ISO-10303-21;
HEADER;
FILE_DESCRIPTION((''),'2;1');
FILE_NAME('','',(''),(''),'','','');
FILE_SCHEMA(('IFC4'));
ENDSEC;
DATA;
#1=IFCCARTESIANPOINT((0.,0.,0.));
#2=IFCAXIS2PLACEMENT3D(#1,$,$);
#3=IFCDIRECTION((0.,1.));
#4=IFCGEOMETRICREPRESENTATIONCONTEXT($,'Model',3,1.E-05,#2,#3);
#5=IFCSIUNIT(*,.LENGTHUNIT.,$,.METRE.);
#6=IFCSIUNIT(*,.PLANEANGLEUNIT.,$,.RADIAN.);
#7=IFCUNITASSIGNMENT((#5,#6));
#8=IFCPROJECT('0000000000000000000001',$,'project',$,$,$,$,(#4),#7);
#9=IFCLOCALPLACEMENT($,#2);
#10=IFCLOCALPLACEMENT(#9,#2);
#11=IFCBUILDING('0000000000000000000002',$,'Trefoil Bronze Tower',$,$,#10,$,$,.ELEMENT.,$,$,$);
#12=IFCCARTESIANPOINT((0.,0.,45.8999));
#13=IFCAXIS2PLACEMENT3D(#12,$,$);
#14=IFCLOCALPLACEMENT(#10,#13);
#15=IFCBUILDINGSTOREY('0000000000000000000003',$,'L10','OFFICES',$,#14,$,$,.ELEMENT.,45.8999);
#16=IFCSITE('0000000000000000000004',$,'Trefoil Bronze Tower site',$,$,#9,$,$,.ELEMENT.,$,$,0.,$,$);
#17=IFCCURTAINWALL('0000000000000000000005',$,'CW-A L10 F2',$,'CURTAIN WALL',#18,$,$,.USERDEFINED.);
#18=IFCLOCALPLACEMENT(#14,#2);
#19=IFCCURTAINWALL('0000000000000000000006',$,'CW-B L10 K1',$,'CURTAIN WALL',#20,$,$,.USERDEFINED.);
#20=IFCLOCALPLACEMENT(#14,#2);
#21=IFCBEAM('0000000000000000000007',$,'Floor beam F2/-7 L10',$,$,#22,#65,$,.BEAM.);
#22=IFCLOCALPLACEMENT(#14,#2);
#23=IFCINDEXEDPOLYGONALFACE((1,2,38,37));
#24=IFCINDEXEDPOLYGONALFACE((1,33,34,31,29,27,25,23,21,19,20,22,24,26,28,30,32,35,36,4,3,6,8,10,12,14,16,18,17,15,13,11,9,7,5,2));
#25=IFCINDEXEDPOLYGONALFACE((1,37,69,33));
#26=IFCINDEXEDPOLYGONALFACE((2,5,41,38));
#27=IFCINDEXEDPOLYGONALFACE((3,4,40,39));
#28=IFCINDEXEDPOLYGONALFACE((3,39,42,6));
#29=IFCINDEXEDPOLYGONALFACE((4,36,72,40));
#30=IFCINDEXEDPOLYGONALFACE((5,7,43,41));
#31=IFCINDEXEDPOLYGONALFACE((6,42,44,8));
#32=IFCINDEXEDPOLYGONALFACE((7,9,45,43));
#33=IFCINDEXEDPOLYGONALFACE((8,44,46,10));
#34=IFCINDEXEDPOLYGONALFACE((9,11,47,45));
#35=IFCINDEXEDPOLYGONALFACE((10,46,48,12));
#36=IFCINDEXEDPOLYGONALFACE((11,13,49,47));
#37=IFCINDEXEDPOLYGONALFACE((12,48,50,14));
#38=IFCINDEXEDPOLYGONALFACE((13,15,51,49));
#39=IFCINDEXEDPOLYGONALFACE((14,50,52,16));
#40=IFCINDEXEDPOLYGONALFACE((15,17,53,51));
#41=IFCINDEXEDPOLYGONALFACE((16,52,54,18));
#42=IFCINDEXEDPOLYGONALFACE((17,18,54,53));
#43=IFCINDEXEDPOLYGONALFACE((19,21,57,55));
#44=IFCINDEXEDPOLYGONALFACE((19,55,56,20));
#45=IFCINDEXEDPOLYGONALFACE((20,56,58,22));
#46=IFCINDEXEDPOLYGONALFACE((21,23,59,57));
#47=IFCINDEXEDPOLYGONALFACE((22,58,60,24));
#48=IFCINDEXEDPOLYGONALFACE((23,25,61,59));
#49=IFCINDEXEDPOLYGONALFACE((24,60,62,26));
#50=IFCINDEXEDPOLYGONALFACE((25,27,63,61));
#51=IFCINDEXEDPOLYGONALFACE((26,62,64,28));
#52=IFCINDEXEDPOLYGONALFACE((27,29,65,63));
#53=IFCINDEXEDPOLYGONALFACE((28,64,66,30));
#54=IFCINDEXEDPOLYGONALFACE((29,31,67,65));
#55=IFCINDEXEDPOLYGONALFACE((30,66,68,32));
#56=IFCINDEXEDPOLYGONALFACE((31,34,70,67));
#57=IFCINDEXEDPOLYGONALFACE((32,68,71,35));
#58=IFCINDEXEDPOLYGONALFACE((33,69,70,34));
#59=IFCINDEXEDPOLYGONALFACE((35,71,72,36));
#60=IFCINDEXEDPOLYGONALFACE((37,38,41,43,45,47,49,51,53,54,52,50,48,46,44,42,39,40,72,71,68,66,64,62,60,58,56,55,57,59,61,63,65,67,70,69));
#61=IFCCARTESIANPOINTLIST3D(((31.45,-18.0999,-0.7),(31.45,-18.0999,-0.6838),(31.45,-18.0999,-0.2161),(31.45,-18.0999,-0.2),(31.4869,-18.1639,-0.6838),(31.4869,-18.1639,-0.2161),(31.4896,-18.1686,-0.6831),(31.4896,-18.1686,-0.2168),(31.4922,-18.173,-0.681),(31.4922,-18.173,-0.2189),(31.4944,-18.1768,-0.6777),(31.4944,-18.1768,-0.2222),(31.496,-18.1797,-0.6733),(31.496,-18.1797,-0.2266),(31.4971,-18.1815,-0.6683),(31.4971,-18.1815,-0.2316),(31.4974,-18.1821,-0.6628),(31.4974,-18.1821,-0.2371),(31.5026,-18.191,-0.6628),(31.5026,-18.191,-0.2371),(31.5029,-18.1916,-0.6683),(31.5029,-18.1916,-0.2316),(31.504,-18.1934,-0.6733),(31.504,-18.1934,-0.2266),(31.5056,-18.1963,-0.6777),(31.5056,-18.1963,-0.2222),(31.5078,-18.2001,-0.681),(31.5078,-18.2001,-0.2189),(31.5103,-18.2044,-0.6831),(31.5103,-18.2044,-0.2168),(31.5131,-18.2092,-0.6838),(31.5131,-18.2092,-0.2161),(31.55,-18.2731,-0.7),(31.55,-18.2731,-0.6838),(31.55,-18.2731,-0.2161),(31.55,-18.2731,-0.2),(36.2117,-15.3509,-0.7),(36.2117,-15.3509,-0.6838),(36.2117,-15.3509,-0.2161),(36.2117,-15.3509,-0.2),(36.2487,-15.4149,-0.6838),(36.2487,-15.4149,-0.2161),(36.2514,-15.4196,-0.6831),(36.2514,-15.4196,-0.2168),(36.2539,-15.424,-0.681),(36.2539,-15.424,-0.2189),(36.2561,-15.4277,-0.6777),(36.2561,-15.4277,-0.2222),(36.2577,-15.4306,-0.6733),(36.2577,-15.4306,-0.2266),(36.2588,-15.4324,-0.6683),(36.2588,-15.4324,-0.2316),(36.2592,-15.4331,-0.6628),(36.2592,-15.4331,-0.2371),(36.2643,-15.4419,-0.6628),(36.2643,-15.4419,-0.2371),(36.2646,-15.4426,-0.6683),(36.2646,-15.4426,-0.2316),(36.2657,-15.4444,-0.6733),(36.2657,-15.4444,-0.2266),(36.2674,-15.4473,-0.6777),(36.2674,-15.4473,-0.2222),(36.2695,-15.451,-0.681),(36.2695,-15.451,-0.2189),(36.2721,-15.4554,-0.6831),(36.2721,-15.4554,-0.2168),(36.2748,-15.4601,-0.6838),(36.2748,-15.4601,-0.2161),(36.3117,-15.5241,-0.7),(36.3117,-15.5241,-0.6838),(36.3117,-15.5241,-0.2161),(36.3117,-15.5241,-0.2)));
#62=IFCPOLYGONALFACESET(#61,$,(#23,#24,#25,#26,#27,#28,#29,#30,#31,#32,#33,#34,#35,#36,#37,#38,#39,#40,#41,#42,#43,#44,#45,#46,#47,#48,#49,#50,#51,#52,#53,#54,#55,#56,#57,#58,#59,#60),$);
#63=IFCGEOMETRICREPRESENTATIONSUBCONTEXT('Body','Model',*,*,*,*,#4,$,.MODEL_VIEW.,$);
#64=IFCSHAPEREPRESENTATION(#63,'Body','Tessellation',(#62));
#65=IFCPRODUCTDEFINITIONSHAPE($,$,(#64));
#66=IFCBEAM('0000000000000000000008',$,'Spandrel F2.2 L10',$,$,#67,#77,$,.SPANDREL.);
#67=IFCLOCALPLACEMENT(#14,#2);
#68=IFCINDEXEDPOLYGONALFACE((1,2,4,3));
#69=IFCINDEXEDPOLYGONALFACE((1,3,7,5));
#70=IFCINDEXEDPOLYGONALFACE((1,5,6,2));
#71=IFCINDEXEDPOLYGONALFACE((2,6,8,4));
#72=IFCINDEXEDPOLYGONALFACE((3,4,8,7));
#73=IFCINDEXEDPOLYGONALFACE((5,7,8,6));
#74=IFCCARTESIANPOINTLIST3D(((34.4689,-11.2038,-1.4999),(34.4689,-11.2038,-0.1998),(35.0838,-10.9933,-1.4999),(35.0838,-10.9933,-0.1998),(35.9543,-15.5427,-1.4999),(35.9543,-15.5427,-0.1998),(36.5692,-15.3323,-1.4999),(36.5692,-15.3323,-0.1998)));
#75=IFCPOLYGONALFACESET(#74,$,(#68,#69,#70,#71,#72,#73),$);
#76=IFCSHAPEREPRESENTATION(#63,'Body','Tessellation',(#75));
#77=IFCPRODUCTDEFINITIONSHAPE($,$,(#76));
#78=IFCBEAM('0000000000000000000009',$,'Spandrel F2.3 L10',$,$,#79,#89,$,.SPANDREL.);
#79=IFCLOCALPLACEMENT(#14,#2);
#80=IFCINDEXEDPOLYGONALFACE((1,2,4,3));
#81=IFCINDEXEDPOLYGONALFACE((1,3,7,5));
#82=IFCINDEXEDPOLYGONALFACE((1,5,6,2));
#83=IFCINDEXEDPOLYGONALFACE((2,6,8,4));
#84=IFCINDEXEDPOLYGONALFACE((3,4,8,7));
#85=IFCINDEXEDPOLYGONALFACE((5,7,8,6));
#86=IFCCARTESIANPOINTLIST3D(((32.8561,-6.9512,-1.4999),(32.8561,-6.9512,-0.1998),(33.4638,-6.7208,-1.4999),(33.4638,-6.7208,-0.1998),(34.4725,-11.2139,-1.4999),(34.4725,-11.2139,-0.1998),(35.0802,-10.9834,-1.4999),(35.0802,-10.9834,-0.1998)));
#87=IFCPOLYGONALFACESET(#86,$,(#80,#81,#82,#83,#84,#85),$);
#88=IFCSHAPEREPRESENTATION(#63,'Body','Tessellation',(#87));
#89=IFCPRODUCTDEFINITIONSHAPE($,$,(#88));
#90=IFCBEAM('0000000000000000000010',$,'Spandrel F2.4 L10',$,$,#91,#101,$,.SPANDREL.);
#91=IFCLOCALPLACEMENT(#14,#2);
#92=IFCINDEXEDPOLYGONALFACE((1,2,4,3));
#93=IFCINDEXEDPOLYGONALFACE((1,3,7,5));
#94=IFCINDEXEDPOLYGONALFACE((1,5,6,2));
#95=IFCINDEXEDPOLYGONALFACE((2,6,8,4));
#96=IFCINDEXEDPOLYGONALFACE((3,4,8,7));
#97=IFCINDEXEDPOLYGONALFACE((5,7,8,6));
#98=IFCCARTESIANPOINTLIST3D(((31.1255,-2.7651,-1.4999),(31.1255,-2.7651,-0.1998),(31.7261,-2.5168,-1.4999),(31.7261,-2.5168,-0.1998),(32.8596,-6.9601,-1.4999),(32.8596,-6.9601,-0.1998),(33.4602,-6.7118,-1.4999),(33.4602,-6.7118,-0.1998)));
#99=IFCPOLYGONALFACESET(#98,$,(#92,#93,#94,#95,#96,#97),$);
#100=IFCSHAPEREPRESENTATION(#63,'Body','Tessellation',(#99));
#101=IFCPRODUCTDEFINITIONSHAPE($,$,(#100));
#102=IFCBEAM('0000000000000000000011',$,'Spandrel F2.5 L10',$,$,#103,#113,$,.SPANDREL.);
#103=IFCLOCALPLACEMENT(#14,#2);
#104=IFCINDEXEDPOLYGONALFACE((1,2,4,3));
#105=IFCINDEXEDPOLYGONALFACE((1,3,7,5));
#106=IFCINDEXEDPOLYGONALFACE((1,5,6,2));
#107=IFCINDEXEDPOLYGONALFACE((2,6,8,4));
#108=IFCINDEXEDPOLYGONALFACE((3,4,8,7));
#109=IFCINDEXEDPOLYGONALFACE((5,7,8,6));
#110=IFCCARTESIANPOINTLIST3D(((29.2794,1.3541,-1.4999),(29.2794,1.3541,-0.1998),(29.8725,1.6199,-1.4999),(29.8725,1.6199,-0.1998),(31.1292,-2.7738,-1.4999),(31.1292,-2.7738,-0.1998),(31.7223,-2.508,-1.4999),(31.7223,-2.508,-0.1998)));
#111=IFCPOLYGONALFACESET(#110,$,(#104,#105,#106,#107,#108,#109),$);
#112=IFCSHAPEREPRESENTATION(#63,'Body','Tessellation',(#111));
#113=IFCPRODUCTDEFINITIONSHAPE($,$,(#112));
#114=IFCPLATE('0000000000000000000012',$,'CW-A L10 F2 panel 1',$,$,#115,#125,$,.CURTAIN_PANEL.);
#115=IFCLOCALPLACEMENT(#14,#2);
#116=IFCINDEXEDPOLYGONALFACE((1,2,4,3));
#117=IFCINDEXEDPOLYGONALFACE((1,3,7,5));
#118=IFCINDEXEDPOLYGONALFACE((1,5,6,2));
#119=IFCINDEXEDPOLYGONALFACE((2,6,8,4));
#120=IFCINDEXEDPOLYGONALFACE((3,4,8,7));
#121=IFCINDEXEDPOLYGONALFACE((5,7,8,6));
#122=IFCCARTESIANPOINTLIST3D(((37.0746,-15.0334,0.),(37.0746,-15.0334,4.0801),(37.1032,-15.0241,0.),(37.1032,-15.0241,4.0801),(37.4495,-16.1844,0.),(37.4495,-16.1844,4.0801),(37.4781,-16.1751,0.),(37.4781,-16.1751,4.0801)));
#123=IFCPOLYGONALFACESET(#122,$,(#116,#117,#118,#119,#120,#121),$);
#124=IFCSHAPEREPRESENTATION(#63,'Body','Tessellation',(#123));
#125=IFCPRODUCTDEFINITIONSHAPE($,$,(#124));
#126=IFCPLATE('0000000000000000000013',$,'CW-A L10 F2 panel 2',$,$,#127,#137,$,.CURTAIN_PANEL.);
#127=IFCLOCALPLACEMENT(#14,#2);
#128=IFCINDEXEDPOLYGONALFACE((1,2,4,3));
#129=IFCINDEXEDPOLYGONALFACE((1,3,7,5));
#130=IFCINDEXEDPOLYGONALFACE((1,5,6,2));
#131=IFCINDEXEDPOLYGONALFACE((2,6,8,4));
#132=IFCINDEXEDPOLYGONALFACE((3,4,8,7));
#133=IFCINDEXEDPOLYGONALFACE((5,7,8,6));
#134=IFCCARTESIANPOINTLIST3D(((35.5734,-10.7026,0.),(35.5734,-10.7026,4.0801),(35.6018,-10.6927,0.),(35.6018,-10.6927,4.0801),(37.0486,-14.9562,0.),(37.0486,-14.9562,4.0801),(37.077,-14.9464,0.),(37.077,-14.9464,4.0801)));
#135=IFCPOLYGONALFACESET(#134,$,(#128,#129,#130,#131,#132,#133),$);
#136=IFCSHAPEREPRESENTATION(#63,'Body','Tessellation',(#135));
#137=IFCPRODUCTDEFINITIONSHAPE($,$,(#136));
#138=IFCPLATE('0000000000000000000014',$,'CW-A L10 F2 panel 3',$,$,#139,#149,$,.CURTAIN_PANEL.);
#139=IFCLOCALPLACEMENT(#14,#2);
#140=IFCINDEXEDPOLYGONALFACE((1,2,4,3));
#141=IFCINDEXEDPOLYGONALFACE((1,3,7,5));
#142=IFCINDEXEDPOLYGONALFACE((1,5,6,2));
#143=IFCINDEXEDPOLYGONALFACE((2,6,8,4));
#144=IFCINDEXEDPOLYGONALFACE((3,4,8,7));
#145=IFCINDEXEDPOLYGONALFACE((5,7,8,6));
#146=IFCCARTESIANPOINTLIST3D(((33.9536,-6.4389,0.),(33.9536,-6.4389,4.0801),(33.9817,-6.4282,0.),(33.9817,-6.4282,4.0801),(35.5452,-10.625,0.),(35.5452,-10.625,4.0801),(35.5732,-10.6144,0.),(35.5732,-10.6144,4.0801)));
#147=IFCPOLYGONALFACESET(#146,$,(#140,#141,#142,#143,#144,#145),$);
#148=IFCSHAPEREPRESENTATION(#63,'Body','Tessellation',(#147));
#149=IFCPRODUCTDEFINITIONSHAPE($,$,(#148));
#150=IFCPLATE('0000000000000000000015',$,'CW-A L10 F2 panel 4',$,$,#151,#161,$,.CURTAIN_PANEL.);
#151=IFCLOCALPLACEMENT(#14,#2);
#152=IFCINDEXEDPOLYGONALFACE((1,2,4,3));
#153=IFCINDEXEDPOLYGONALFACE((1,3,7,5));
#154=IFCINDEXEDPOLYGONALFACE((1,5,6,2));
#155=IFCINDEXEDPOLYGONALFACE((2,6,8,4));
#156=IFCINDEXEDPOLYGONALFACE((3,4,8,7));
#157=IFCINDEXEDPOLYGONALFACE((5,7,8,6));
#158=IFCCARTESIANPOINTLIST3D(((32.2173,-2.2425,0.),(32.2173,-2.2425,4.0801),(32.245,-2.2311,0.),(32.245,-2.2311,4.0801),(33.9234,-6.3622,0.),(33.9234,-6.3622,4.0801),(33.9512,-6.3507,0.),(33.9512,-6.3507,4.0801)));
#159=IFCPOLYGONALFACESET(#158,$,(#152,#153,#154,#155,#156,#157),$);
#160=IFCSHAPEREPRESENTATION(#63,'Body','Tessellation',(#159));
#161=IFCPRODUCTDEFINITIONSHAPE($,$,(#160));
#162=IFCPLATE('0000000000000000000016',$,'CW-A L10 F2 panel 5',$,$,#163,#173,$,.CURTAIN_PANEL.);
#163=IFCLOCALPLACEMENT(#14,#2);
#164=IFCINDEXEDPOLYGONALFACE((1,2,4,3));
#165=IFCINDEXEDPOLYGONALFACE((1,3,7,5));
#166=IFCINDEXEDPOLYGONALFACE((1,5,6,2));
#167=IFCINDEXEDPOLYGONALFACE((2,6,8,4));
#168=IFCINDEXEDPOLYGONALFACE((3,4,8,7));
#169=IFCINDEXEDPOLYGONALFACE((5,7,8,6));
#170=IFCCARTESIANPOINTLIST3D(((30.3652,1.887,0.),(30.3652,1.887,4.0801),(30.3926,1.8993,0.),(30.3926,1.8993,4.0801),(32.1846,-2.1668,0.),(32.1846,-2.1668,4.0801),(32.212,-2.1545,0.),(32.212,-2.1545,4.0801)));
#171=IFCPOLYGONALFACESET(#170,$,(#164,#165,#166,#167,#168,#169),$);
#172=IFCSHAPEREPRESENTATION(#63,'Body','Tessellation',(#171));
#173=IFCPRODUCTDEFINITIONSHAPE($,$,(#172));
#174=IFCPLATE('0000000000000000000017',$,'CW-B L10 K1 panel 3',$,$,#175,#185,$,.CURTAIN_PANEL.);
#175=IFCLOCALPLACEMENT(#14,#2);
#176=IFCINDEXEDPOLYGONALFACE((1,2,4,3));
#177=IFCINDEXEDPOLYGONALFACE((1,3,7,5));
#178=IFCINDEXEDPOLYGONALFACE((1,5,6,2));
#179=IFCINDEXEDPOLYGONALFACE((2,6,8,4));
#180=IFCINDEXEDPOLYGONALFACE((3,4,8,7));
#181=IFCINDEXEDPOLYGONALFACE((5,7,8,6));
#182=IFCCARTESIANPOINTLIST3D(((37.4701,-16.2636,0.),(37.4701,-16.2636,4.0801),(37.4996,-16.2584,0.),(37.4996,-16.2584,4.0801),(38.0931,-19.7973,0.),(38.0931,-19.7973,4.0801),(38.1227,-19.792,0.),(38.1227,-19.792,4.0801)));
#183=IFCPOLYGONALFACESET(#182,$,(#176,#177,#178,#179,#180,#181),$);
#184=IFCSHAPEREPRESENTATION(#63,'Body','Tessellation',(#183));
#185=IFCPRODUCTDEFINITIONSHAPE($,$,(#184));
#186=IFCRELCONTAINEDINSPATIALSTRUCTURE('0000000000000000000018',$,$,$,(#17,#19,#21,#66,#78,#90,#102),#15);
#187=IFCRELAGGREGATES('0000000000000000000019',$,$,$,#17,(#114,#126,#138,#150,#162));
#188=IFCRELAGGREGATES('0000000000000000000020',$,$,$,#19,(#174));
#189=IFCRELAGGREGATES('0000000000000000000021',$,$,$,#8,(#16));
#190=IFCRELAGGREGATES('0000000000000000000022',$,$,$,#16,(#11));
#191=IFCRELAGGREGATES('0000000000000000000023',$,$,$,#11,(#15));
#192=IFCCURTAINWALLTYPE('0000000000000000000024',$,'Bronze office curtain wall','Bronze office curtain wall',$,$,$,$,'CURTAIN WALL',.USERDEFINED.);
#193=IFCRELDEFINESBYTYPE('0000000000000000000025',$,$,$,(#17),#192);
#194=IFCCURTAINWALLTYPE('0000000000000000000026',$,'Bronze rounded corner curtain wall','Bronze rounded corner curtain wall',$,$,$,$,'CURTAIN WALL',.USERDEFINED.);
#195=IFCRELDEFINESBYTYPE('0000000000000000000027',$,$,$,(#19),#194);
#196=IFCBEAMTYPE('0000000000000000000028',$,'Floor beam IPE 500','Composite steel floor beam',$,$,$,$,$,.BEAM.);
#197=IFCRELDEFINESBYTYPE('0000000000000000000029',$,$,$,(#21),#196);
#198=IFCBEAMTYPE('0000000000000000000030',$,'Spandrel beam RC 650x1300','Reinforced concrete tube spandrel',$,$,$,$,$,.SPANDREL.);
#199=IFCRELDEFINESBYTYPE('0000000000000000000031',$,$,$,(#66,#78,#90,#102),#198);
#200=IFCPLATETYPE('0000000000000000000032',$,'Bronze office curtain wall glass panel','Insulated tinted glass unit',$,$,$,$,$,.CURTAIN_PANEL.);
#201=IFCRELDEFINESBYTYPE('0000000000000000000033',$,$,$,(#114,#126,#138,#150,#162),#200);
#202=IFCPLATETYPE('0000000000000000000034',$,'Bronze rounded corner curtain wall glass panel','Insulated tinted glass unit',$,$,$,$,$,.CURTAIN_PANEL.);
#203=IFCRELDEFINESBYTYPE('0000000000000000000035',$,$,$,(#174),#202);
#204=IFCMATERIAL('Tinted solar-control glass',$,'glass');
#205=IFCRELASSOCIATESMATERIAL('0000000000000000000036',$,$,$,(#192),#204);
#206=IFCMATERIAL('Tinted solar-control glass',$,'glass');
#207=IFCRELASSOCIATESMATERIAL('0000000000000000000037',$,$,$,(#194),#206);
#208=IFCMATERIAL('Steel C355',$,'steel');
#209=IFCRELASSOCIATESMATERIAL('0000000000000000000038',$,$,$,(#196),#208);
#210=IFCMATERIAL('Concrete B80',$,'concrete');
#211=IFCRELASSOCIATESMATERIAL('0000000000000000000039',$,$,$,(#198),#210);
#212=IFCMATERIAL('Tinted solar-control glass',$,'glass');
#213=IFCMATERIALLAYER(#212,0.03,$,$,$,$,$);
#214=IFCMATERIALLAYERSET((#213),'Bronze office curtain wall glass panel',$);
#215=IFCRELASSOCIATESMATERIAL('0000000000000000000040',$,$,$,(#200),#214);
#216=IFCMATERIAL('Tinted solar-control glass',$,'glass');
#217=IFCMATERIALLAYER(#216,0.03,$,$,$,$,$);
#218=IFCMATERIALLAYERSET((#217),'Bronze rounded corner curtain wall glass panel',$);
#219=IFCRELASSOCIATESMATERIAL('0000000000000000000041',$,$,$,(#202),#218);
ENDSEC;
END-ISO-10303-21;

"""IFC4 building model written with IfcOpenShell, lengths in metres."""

from ifc_helpers import new_model, si_unit, direction, frame, origin, origin_2d, place, context, subcontext, project, spatial, rectangle, i_section, extrude, material, layer, layer_set, material_profile, profile_set, type_object, element, aggregate, save


model = new_model("IFC4")

# Units and contexts
model_context = context("Model", 3, precision=1e-05, world=origin(), true_north=direction((0.0, 1.0)))
body_context = subcontext(model_context, "Body", "Model", "MODEL_VIEW")
ifc_project = project(units=[si_unit("LENGTHUNIT", "METRE"), si_unit("PLANEANGLEUNIT", "RADIAN")], contexts=[model_context])

# Site, building, storey
site_placement = place(None, origin())
site = spatial("IfcSite", under=ifc_project, at=site_placement, Name="Trefoil Bronze Tower site", CompositionType="ELEMENT", RefElevation=0.0)
building_placement = place(site_placement, origin())
building = spatial("IfcBuilding", under=site, at=building_placement, Name="Trefoil Bronze Tower", CompositionType="ELEMENT")
storey_placement = place(building_placement, frame((0.0, 0.0, 45.8999)))
storey = spatial("IfcBuildingStorey", under=building, at=storey_placement, Name="L10", Description="OFFICES", CompositionType="ELEMENT", Elevation=45.8999)

# Curtain wall
ifc_material_1 = material(Name="Tinted solar-control glass", Category="glass")
curtain_wall_type_1 = type_object("IfcCurtainWallType", Name="Bronze office curtain wall", Description="Bronze office curtain wall", ElementType="CURTAIN WALL", PredefinedType="USERDEFINED", material=ifc_material_1)
curtain_wall_1_placement = place(storey_placement, origin())
curtain_wall_1 = element("IfcCurtainWall", 1, at=curtain_wall_1_placement, inside=storey, type_object=curtain_wall_type_1, Name="CW-A L10 F2", ObjectType="CURTAIN WALL", PredefinedType="USERDEFINED")

# Curtain wall
ifc_material_2 = material(Name="Tinted solar-control glass", Category="glass")
curtain_wall_type_2 = type_object("IfcCurtainWallType", Name="Bronze rounded corner curtain wall", Description="Bronze rounded corner curtain wall", ElementType="CURTAIN WALL", PredefinedType="USERDEFINED", material=ifc_material_2)
curtain_wall_2_placement = place(storey_placement, origin())
curtain_wall_2 = element("IfcCurtainWall", 2, at=curtain_wall_2_placement, inside=storey, type_object=curtain_wall_type_2, Name="CW-B L10 K1", ObjectType="CURTAIN WALL", PredefinedType="USERDEFINED")

# Beams
ifc_material_3 = material(Name="Steel C355", Category="steel")
ifc_material_profile_1 = material_profile(ifc_material_3, i_section(OverallWidth=0.2, OverallDepth=0.5, WebThickness=0.0103, FlangeThickness=0.0161, FilletRadius=0.021, at=origin_2d()), Name="IPE 500")
ifc_profile_set_1 = profile_set([ifc_material_profile_1], Name="Steel C355")
beam_type_1 = type_object("IfcBeamType", Name="Floor beam IPE 500", Description="Composite steel floor beam", PredefinedType="BEAM", material=ifc_profile_set_1)
beam_1_placement = place(storey_placement, frame((36.2617, -15.4375, -0.45), z_axis=(-0.866038, -0.499979, 0.0), x_axis=(0.499979, -0.866038, 0.0)))
element("IfcBeam", 3, at=beam_1_placement, inside=storey, type_object=beam_type_1, Name="Floor beam F2/-7 L10", PredefinedType="BEAM", context=body_context, shape_type="SweptSolid", body=[
    extrude(i_section(OverallWidth=0.2, OverallDepth=0.5, WebThickness=0.0103, FlangeThickness=0.0161, FilletRadius=0.021, at=origin_2d()), origin(), (0.0, 0.0, 1.0), 5.4983),
])
ifc_material_4 = material(Name="Concrete B80", Category="concrete")
ifc_material_profile_2 = material_profile(ifc_material_4, rectangle(XDim=0.6499, YDim=1.3, at=origin_2d()), Name="RC 650x1300")
ifc_profile_set_2 = profile_set([ifc_material_profile_2], Name="Concrete B80")
beam_type_2 = type_object("IfcBeamType", Name="Spandrel beam RC 650x1300", Description="Reinforced concrete tube spandrel", PredefinedType="SPANDREL", material=ifc_profile_set_2)
beam_2_placement = place(storey_placement, frame((36.2617, -15.4375, -0.8499), z_axis=(-0.323883, 0.946097, 0.0), x_axis=(-0.946097, -0.323883, 0.0)))
element("IfcBeam", 4, at=beam_2_placement, inside=storey, type_object=beam_type_2, Name="Spandrel F2.2 L10", PredefinedType="SPANDREL", context=body_context, shape_type="SweptSolid", body=[
    extrude(rectangle(XDim=0.6499, YDim=1.3, at=origin_2d()), origin(), (0.0, 0.0, 1.0), 4.5862),
])
beam_3_placement = place(storey_placement, frame((34.7764, -11.0986, -0.8499), z_axis=(-0.354572, 0.935029, 0.0), x_axis=(-0.935029, -0.354572, 0.0)))
element("IfcBeam", 5, at=beam_3_placement, inside=storey, type_object=beam_type_2, Name="Spandrel F2.3 L10", PredefinedType="SPANDREL", context=body_context, shape_type="SweptSolid", body=[
    extrude(rectangle(XDim=0.6499, YDim=1.3, at=origin_2d()), origin(), (0.0, 0.0, 1.0), 4.5588),
])
beam_4_placement = place(storey_placement, frame((33.1599, -6.8359, -0.8499), z_axis=(-0.382021, 0.924154, 0.0), x_axis=(-0.924154, -0.382021, 0.0)))
element("IfcBeam", 6, at=beam_4_placement, inside=storey, type_object=beam_type_2, Name="Spandrel F2.4 L10", PredefinedType="SPANDREL", context=body_context, shape_type="SweptSolid", body=[
    extrude(rectangle(XDim=0.6499, YDim=1.3, at=origin_2d()), origin(), (0.0, 0.0, 1.0), 4.5393),
])
beam_5_placement = place(storey_placement, frame((31.4258, -2.6409, -0.8499), z_axis=(-0.408946, 0.912559, 0.0), x_axis=(-0.912559, -0.408946, 0.0)))
element("IfcBeam", 7, at=beam_5_placement, inside=storey, type_object=beam_type_2, Name="Spandrel F2.5 L10", PredefinedType="SPANDREL", context=body_context, shape_type="SweptSolid", body=[
    extrude(rectangle(XDim=0.6499, YDim=1.3, at=origin_2d()), origin(), (0.0, 0.0, 1.0), 4.5234),
])

# Plates
ifc_material_5 = material(Name="Tinted solar-control glass", Category="glass")
ifc_layer_1 = layer(ifc_material_5, 0.03)
ifc_layer_set_1 = layer_set([ifc_layer_1], Name="Bronze office curtain wall glass panel")
plate_type_1 = type_object("IfcPlateType", Name="Bronze office curtain wall glass panel", Description="Insulated tinted glass unit", PredefinedType="CURTAIN_PANEL", material=ifc_layer_set_1)
plate_1_placement = place(storey_placement, frame((37.2764, -15.6042, 0.0), z_axis=(0.0, 0.0, 1.0), x_axis=(-0.309728, 0.950825, 0.0)))
plate_1 = element("IfcPlate", 8, at=plate_1_placement, type_object=plate_type_1, Name="CW-A L10 F2 panel 1", PredefinedType="CURTAIN_PANEL", context=body_context, shape_type="SweptSolid", body=[
    extrude(rectangle(XDim=1.2104, YDim=0.03, at=origin_2d()), origin(), (0.0, 0.0, 1.0), 4.0801),
])
plate_2_placement = place(storey_placement, frame((36.3252, -12.8245, 0.0), z_axis=(0.0, 0.0, 1.0), x_axis=(-0.327674, 0.944791, 0.0)))
plate_2 = element("IfcPlate", 9, at=plate_2_placement, type_object=plate_type_1, Name="CW-A L10 F2 panel 2", PredefinedType="CURTAIN_PANEL", context=body_context, shape_type="SweptSolid", body=[
    extrude(rectangle(XDim=4.5022, YDim=0.03, at=origin_2d()), origin(), (0.0, 0.0, 1.0), 4.0801),
])
plate_3_placement = place(storey_placement, frame((34.7634, -8.5266, 0.0), z_axis=(0.0, 0.0, 1.0), x_axis=(-0.355371, 0.934725, 0.0)))
plate_3 = element("IfcPlate", 10, at=plate_3_placement, type_object=plate_type_1, Name="CW-A L10 F2 panel 3", PredefinedType="CURTAIN_PANEL", context=body_context, shape_type="SweptSolid", body=[
    extrude(rectangle(XDim=4.4785, YDim=0.03, at=origin_2d()), origin(), (0.0, 0.0, 1.0), 4.0801),
])
plate_4_placement = place(storey_placement, frame((33.0842, -4.2966, 0.0), z_axis=(0.0, 0.0, 1.0), x_axis=(-0.38263, 0.923902, 0.0)))
plate_4 = element("IfcPlate", 11, at=plate_4_placement, type_object=plate_type_1, Name="CW-A L10 F2 panel 4", PredefinedType="CURTAIN_PANEL", context=body_context, shape_type="SweptSolid", body=[
    extrude(rectangle(XDim=4.459, YDim=0.03, at=origin_2d()), origin(), (0.0, 0.0, 1.0), 4.0801),
])
plate_5_placement = place(storey_placement, frame((31.2886, -0.1338, 0.0), z_axis=(0.0, 0.0, 1.0), x_axis=(-0.409456, 0.91233, 0.0)))
plate_5 = element("IfcPlate", 12, at=plate_5_placement, type_object=plate_type_1, Name="CW-A L10 F2 panel 5", PredefinedType="CURTAIN_PANEL", context=body_context, shape_type="SweptSolid", body=[
    extrude(rectangle(XDim=4.4434, YDim=0.03, at=origin_2d()), origin(), (0.0, 0.0, 1.0), 4.0801),
])
aggregate(curtain_wall_1, [plate_1, plate_2, plate_3, plate_4, plate_5])
ifc_material_6 = material(Name="Tinted solar-control glass", Category="glass")
ifc_layer_2 = layer(ifc_material_6, 0.03)
ifc_layer_set_2 = layer_set([ifc_layer_2], Name="Bronze rounded corner curtain wall glass panel")
plate_type_2 = type_object("IfcPlateType", Name="Bronze rounded corner curtain wall glass panel", Description="Insulated tinted glass unit", PredefinedType="CURTAIN_PANEL", material=ifc_layer_set_2)
plate_6_placement = place(storey_placement, frame((37.7964, -18.0278, 0.0), z_axis=(0.0, 0.0, 1.0), x_axis=(-0.173648, 0.984808, 0.0)))
plate_6 = element("IfcPlate", 13, at=plate_6_placement, type_object=plate_type_2, Name="CW-B L10 K1 panel 3", PredefinedType="CURTAIN_PANEL", context=body_context, shape_type="SweptSolid", body=[
    extrude(rectangle(XDim=3.5881, YDim=0.03, at=origin_2d()), origin(), (0.0, 0.0, 1.0), 4.0801),
])
aggregate(curtain_wall_2, [plate_6])

save(model, "model.ifc")
